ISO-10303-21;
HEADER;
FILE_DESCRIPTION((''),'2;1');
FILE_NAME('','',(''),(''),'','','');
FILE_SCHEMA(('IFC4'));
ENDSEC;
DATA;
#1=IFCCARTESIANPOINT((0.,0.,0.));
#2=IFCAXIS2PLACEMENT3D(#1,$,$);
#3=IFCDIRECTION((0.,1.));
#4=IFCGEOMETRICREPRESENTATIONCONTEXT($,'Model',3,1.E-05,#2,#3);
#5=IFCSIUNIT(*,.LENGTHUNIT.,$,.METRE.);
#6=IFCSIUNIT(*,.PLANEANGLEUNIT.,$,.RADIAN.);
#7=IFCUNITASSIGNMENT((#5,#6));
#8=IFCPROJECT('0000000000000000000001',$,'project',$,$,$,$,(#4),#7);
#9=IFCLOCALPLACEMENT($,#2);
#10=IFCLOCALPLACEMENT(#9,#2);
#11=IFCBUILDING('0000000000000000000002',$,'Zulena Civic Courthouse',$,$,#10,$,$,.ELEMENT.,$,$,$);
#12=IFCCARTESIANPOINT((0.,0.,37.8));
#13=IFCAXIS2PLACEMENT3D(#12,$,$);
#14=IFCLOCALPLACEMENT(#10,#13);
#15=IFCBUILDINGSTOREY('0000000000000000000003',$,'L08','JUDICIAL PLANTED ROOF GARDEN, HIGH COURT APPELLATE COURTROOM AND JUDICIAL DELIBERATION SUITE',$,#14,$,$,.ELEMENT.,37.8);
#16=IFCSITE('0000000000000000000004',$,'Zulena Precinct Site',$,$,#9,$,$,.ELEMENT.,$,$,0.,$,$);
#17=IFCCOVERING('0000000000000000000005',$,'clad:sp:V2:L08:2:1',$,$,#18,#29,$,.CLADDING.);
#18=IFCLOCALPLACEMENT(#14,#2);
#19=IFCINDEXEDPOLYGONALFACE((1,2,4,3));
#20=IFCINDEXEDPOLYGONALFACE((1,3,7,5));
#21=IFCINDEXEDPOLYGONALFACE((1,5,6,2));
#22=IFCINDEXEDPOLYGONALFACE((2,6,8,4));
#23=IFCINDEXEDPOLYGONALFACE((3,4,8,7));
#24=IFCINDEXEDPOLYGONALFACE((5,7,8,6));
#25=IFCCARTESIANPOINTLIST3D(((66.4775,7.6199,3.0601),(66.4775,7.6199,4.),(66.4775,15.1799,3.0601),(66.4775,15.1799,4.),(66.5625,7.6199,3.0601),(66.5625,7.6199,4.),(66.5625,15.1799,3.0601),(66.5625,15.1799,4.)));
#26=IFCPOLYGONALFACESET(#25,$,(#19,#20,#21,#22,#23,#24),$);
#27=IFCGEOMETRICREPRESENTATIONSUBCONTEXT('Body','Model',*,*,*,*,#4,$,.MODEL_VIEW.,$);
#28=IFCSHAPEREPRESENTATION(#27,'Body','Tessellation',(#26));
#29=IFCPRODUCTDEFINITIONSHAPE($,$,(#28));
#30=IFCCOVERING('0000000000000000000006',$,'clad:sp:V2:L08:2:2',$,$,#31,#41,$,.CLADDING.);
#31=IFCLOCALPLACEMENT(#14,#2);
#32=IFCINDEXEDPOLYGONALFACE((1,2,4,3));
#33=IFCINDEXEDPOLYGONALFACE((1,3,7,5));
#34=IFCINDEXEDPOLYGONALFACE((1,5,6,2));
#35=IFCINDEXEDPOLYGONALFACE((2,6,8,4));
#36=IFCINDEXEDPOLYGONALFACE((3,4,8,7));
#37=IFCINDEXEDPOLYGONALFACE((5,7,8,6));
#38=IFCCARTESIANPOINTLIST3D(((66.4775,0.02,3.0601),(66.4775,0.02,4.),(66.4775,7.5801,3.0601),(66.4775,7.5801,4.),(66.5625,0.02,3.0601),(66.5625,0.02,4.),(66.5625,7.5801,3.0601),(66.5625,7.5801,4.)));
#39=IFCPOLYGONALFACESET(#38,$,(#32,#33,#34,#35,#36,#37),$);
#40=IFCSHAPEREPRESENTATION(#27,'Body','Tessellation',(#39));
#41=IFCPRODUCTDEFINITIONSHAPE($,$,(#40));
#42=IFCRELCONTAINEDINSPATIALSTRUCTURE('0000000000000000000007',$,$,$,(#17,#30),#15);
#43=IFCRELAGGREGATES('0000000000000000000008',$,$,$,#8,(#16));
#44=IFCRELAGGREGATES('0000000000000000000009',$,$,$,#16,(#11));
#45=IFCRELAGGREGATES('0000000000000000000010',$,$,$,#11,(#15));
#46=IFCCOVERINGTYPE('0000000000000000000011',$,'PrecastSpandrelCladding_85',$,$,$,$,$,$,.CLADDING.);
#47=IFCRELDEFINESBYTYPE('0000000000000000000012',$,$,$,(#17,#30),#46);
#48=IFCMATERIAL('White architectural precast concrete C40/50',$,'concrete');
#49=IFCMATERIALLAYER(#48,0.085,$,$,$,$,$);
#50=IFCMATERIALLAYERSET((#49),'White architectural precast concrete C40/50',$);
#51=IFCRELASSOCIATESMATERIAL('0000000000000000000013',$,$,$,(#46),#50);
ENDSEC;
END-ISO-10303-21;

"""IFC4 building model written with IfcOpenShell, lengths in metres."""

from ifc_helpers import new_model, si_unit, direction, frame, origin, origin_2d, place, context, subcontext, project, spatial, rectangle, extrude, material, layer, layer_set, type_object, element, save


model = new_model("IFC4")

# Units and contexts
model_context = context("Model", 3, precision=1e-05, world=origin(), true_north=direction((0.0, 1.0)))
body_context = subcontext(model_context, "Body", "Model", "MODEL_VIEW")
ifc_project = project(units=[si_unit("LENGTHUNIT", "METRE"), si_unit("PLANEANGLEUNIT", "RADIAN")], contexts=[model_context])

# Site, building, storey
site_placement = place(None, origin())
site = spatial("IfcSite", under=ifc_project, at=site_placement, Name="Zulena Precinct Site", CompositionType="ELEMENT", RefElevation=0.0)
building_placement = place(site_placement, origin())
building = spatial("IfcBuilding", under=site, at=building_placement, Name="Zulena Civic Courthouse", CompositionType="ELEMENT")
storey_placement = place(building_placement, frame((0.0, 0.0, 37.8)))
storey = spatial("IfcBuildingStorey", under=building, at=storey_placement, Name="L08", Description="JUDICIAL PLANTED ROOF GARDEN, HIGH COURT APPELLATE COURTROOM AND JUDICIAL DELIBERATION SUITE", CompositionType="ELEMENT", Elevation=37.8)

# Shared definitions
ifc_material_1 = material(Name="White architectural precast concrete C40/50", Category="concrete")

# Coverings
ifc_layer_1 = layer(ifc_material_1, 0.085)
ifc_layer_set_1 = layer_set([ifc_layer_1], Name="White architectural precast concrete C40/50")
covering_type = type_object("IfcCoveringType", Name="PrecastSpandrelCladding_85", PredefinedType="CLADDING", material=ifc_layer_set_1)
for number, where, z_axis, x_axis, name in (
    (1, (66.52, 11.3999, 3.0601), (0.0, 0.0, 1.0), (0.0, -1.0, 0.0), "clad:sp:V2:L08:2:1"),
    (2, (66.52, 3.8, 3.0601), (0.0, 0.0, 1.0), (0.0, -1.0, 0.0), "clad:sp:V2:L08:2:2"),
):
    element("IfcCovering", number, at=place(storey_placement, frame(where, z_axis=z_axis, x_axis=x_axis)), inside=storey, type_object=covering_type, Name=name, PredefinedType="CLADDING", context=body_context, shape_type="SweptSolid", body=[
        extrude(rectangle(XDim=7.5601, YDim=0.085, at=origin_2d()), origin(), (0.0, 0.0, 1.0), 0.9399),
    ])

save(model, "model.ifc")
